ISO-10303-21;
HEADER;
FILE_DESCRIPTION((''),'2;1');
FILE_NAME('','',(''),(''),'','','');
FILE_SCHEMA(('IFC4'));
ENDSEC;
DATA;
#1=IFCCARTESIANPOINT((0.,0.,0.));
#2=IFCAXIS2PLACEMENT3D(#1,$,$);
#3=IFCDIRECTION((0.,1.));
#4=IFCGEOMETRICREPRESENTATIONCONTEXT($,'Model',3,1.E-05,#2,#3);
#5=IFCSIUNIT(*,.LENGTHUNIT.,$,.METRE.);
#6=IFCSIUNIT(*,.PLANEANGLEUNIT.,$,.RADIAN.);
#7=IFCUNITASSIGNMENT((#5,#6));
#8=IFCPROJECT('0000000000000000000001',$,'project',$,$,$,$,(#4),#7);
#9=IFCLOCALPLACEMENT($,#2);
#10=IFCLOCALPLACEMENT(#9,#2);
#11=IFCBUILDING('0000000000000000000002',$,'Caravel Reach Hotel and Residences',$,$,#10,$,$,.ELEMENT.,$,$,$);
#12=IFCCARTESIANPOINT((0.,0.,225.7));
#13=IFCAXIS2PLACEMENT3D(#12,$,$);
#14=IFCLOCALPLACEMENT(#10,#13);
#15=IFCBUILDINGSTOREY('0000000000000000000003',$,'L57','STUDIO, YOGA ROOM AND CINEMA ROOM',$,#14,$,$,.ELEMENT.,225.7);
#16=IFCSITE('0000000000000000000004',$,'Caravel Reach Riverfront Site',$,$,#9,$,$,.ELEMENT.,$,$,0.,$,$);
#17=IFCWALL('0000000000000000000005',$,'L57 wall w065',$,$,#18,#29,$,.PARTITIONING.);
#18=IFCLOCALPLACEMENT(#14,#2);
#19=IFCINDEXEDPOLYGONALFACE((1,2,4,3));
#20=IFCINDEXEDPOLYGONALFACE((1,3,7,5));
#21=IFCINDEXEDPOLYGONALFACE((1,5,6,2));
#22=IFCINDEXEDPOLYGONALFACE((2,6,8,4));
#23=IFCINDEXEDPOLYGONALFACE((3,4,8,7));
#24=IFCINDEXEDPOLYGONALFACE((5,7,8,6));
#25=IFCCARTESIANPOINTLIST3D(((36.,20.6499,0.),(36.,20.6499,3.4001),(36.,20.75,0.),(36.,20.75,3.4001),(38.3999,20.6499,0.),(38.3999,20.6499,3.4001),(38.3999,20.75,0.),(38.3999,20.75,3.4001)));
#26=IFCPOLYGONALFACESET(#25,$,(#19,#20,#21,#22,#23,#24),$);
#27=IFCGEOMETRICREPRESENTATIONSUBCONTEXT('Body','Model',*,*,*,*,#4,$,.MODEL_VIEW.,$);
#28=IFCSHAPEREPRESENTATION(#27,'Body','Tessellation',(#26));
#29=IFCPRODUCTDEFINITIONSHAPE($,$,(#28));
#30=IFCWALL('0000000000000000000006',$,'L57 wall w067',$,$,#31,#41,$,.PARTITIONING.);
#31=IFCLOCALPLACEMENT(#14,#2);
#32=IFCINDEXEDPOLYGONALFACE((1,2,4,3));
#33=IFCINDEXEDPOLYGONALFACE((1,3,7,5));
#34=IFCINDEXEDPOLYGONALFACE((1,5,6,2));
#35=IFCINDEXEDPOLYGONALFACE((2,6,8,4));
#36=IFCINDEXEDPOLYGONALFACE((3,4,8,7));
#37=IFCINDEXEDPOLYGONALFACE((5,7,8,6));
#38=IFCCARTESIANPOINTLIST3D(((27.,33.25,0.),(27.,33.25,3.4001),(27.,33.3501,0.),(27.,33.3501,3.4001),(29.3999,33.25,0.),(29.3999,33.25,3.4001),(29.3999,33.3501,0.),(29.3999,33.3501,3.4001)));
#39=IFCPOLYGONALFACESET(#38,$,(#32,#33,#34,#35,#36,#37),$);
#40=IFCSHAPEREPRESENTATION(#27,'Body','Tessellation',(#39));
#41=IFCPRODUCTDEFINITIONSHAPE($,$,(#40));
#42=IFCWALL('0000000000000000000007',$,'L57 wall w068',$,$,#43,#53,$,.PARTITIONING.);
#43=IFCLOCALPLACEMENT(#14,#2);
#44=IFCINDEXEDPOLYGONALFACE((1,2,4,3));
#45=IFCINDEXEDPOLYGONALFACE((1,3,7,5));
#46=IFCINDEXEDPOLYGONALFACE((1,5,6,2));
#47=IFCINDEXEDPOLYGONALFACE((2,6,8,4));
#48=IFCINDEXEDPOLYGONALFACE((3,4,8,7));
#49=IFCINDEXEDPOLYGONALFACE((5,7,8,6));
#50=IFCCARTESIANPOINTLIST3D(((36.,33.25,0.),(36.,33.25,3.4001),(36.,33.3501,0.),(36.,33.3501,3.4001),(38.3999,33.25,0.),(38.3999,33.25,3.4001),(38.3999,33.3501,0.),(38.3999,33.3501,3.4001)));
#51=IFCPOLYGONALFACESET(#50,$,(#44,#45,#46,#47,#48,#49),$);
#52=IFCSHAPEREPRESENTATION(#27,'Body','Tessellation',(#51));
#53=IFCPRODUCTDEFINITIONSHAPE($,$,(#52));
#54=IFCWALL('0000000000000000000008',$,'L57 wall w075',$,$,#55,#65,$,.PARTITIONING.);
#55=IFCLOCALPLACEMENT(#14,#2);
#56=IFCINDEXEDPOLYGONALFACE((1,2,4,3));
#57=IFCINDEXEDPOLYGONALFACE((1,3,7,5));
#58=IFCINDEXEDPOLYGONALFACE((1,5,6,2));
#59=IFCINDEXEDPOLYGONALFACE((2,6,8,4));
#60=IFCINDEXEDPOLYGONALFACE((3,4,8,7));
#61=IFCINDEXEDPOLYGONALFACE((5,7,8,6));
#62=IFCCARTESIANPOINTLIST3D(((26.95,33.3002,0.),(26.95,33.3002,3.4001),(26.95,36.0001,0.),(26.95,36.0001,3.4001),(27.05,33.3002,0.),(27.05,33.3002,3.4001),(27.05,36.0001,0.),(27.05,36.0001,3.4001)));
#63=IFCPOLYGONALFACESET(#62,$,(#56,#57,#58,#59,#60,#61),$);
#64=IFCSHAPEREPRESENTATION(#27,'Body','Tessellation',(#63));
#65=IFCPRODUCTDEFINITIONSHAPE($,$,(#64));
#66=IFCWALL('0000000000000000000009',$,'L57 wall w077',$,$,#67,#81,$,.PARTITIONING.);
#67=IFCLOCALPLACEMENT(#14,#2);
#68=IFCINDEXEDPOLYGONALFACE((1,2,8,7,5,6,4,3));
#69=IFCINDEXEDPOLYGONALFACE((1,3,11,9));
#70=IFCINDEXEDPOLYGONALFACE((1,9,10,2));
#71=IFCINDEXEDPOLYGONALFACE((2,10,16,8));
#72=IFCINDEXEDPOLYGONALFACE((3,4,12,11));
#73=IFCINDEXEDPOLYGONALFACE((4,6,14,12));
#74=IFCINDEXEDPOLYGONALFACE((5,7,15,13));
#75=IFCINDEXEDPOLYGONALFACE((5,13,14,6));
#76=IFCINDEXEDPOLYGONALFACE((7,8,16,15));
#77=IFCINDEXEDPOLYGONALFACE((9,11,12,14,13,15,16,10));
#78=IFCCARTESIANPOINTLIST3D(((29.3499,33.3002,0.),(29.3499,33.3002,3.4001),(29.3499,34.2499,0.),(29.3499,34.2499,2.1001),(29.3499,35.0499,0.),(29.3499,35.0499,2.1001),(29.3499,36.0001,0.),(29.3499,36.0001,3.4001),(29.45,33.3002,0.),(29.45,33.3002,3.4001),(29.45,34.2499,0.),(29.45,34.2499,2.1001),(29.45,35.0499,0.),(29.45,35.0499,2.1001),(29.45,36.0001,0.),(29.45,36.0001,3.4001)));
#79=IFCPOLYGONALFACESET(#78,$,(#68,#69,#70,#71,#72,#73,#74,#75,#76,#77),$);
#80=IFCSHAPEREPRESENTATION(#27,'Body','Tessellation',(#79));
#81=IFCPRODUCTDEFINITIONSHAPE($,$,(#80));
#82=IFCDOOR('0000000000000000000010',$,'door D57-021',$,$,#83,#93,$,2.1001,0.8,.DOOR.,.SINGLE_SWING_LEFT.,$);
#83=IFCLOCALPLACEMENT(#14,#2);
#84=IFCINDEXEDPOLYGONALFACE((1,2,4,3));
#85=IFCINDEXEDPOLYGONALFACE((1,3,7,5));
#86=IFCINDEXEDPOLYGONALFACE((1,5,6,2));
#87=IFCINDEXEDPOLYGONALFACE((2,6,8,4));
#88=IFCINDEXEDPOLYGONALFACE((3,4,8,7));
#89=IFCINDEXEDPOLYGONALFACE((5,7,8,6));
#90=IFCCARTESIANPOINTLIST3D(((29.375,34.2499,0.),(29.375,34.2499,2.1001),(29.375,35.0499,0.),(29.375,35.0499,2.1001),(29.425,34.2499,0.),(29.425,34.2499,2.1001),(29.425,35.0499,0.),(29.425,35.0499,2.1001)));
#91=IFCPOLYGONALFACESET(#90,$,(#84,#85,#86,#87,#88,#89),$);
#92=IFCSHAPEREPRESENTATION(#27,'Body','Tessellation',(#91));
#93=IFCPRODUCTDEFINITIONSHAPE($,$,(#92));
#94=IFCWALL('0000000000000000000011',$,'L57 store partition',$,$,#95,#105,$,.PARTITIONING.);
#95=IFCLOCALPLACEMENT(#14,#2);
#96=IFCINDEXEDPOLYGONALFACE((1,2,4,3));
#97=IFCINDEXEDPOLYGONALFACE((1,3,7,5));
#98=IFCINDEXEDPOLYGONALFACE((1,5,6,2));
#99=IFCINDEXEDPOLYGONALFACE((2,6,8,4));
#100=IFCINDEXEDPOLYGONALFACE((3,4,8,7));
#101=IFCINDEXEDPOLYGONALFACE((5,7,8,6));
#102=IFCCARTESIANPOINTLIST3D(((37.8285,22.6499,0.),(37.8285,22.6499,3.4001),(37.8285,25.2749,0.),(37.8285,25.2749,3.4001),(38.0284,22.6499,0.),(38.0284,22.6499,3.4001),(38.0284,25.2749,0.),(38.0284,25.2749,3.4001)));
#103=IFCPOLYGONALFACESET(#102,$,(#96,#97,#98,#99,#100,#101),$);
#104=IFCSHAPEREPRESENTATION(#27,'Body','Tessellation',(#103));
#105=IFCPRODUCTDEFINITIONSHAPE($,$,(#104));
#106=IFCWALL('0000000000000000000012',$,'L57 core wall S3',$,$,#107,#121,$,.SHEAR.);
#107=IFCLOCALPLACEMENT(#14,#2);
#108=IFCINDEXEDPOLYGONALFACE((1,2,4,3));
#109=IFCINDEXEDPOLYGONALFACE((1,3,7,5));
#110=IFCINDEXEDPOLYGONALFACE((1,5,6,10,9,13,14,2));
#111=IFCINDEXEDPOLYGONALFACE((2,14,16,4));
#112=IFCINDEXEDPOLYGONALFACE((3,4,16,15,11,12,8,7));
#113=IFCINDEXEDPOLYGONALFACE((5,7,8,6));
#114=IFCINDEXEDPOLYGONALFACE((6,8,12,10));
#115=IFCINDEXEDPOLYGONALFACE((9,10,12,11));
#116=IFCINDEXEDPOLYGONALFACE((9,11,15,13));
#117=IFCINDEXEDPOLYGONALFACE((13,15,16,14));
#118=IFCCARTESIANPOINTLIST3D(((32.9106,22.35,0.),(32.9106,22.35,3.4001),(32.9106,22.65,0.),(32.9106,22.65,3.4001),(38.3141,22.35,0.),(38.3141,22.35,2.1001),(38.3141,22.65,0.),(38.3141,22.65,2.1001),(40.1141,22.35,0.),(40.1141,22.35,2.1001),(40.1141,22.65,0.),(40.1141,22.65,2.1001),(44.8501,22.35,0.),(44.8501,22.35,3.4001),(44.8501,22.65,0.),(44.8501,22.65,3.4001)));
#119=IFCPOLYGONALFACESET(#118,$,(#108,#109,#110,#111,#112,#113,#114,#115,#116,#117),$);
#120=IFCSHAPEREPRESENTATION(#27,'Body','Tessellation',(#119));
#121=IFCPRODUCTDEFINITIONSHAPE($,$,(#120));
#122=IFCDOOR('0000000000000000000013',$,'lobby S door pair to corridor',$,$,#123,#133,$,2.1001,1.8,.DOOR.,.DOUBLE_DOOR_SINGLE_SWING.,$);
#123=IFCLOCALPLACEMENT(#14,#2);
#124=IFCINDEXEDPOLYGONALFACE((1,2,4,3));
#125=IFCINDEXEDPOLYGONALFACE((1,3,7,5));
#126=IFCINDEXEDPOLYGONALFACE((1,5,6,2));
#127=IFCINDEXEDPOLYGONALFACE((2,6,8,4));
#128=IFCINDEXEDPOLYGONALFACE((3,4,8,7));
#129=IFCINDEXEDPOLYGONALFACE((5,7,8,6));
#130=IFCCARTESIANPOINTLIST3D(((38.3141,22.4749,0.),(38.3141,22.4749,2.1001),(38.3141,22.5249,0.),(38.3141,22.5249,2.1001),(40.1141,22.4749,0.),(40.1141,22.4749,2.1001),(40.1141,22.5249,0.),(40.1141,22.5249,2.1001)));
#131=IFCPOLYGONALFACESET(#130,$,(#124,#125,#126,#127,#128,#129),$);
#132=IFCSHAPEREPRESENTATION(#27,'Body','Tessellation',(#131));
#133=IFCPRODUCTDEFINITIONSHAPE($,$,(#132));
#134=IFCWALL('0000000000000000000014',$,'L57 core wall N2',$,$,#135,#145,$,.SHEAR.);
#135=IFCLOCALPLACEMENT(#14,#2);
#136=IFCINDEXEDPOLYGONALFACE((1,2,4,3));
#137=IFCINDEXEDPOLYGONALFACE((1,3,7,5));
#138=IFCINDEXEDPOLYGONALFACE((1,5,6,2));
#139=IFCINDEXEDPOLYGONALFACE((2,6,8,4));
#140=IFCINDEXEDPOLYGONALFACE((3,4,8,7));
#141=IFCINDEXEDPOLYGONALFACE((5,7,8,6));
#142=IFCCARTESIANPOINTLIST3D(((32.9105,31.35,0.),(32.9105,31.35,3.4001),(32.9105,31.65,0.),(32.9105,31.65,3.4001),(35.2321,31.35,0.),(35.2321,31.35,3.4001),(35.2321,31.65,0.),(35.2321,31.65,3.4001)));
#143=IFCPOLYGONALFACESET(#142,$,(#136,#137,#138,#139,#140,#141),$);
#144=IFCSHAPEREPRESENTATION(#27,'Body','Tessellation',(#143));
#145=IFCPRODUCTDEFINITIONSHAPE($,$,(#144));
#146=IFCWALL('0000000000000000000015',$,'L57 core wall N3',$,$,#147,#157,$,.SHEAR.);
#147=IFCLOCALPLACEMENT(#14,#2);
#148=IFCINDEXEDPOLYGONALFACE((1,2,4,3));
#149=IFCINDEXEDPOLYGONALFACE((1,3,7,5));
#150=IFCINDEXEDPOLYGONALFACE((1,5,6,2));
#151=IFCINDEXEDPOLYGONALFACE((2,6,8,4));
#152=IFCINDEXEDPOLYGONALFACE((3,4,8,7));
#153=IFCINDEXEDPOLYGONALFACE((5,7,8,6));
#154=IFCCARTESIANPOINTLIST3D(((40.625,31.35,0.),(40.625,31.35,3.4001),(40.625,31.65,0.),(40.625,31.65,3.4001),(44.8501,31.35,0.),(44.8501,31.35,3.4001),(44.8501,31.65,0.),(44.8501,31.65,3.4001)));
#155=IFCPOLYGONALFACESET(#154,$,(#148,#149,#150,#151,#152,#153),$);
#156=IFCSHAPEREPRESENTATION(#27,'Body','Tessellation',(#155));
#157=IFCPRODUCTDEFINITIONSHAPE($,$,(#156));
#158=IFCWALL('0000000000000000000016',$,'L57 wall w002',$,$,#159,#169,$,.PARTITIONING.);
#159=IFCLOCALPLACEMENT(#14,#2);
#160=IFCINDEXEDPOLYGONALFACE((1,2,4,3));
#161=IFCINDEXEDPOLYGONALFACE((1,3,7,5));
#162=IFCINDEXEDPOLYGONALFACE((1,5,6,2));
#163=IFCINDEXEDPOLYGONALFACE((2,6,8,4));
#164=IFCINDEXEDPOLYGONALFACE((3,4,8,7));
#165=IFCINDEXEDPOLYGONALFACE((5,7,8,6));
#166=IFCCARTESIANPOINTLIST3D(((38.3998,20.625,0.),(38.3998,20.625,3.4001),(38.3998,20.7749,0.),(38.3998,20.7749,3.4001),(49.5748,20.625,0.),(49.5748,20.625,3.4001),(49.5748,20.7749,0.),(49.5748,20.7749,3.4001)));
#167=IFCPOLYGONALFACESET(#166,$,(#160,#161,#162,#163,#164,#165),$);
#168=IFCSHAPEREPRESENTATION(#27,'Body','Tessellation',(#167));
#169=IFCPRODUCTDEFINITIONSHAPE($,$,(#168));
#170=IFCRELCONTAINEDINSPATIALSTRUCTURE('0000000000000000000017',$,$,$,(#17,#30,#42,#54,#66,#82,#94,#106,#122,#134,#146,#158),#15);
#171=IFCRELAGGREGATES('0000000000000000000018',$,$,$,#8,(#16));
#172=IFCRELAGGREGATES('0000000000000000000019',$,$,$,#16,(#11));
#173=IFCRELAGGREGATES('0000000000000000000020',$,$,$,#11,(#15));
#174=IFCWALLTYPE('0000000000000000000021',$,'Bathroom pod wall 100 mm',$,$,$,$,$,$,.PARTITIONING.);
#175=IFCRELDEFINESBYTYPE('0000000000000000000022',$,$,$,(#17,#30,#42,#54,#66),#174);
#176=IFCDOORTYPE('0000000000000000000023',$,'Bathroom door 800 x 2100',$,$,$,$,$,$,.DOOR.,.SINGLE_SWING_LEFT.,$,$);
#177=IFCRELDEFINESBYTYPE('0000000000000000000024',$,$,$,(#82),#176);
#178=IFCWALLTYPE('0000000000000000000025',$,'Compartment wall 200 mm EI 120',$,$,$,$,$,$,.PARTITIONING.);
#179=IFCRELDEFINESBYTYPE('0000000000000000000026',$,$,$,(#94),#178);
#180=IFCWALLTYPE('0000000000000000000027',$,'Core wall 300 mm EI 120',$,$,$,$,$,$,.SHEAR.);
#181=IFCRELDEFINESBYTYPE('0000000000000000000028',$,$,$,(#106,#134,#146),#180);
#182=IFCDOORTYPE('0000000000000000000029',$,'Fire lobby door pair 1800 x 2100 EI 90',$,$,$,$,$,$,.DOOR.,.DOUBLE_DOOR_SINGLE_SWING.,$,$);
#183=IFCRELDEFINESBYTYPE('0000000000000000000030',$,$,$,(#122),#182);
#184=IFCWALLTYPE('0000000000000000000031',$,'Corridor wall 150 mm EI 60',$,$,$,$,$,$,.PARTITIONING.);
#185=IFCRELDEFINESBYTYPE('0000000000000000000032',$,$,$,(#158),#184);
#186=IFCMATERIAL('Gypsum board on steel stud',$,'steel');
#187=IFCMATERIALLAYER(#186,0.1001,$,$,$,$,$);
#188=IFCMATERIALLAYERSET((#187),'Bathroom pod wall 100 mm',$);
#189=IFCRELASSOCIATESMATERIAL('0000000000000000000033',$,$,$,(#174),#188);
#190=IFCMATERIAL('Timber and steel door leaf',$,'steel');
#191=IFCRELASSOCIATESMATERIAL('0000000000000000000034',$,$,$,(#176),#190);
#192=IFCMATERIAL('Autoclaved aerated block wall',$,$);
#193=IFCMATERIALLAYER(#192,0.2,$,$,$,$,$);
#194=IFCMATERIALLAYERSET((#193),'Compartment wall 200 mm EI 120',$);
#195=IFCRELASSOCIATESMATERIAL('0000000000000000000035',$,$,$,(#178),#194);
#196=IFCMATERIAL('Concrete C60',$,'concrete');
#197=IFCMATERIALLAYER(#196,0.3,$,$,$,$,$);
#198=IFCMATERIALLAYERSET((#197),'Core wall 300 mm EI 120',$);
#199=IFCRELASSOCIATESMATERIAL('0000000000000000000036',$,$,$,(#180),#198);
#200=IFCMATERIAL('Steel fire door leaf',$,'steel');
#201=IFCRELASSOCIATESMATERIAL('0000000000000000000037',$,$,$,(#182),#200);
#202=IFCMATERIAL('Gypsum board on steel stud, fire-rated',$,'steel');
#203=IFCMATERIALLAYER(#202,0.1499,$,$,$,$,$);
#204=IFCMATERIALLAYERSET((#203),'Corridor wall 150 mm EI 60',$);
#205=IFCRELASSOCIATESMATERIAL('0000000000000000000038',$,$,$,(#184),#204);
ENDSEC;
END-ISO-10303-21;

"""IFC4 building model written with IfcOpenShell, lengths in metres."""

from ifc_helpers import new_model, si_unit, direction, frame, frame_2d, origin, place, context, subcontext, project, spatial, rectangle, extrude, material, layer, layer_set, type_object, element, fill, save


model = new_model("IFC4")

# Units and contexts
model_context = context("Model", 3, precision=1e-05, world=origin(), true_north=direction((0.0, 1.0)))
body_context = subcontext(model_context, "Body", "Model", "MODEL_VIEW")
ifc_project = project(units=[si_unit("LENGTHUNIT", "METRE"), si_unit("PLANEANGLEUNIT", "RADIAN")], contexts=[model_context])

# Site, building, storey
site_placement = place(None, origin())
site = spatial("IfcSite", under=ifc_project, at=site_placement, Name="Caravel Reach Riverfront Site", CompositionType="ELEMENT", RefElevation=0.0)
building_placement = place(site_placement, origin())
building = spatial("IfcBuilding", under=site, at=building_placement, Name="Caravel Reach Hotel and Residences", CompositionType="ELEMENT")
storey_placement = place(building_placement, frame((0.0, 0.0, 225.7)))
storey = spatial("IfcBuildingStorey", under=building, at=storey_placement, Name="L57", Description="STUDIO, YOGA ROOM AND CINEMA ROOM", CompositionType="ELEMENT", Elevation=225.7)

# Walls
ifc_material_1 = material(Name="Gypsum board on steel stud", Category="steel")
ifc_layer_1 = layer(ifc_material_1, 0.1001)
ifc_layer_set_1 = layer_set([ifc_layer_1], Name="Bathroom pod wall 100 mm")
wall_type_1 = type_object("IfcWallType", Name="Bathroom pod wall 100 mm", PredefinedType="PARTITIONING", material=ifc_layer_set_1)
for number, where, z_axis, x_axis, name in (
    (1, (36.0, 20.7, 0.0), (0.0, 0.0, 1.0), (1.0, 0.0, 0.0), "L57 wall w065"),
    (2, (27.0, 33.3, 0.0), (0.0, 0.0, 1.0), (1.0, 0.0, 0.0), "L57 wall w067"),
    (3, (36.0, 33.3, 0.0), (0.0, 0.0, 1.0), (1.0, 0.0, 0.0), "L57 wall w068"),
):
    element("IfcWall", number, at=place(storey_placement, frame(where, z_axis=z_axis, x_axis=x_axis)), inside=storey, type_object=wall_type_1, Name=name, PredefinedType="PARTITIONING", context=body_context, shape_type="SweptSolid", body=[
        extrude(rectangle(XDim=2.3999, YDim=0.1001, at=frame_2d((1.2, 0.0))), origin(), (0.0, 0.0, 1.0), 3.4001),
    ])
wall_1_placement = place(storey_placement, frame((27.0, 33.3, 0.0), z_axis=(0.0, 0.0, 1.0), x_axis=(0.0, 1.0, 0.0)))
element("IfcWall", 4, at=wall_1_placement, inside=storey, type_object=wall_type_1, Name="L57 wall w075", PredefinedType="PARTITIONING", context=body_context, shape_type="SweptSolid", body=[
    extrude(rectangle(XDim=2.7, YDim=0.1001, at=frame_2d((1.3501, 0.0))), origin(), (0.0, 0.0, 1.0), 3.4001),
])

# Wall, opening, door
wall_2_placement = place(storey_placement, frame((29.3999, 33.3, 0.0), z_axis=(0.0, 0.0, 1.0), x_axis=(0.0, 1.0, 0.0)))
wall_2 = element("IfcWall", 5, at=wall_2_placement, inside=storey, type_object=wall_type_1, Name="L57 wall w077", PredefinedType="PARTITIONING", context=body_context, shape_type="SweptSolid", body=[
    extrude(rectangle(XDim=2.7, YDim=0.1001, at=frame_2d((1.3501, 0.0))), origin(), (0.0, 0.0, 1.0), 3.4001),
])
opening_1_placement = place(wall_2_placement, frame((0.95, 0.0, 0.0)))
opening_1 = element("IfcOpeningElement", 6, at=opening_1_placement, cuts=wall_2, PredefinedType="OPENING", context=body_context, shape_type="SweptSolid", body=[
    extrude(rectangle(XDim=0.8, YDim=2.1001, at=frame_2d((0.3999, 1.05))), frame((0.0, 0.0601, 0.0), z_axis=(0.0, -1.0, 0.0), x_axis=(1.0, 0.0, 0.0)), (0.0, 0.0, 1.0), 0.1201),
])
ifc_material_2 = material(Name="Timber and steel door leaf", Category="steel")
door_type_1 = type_object("IfcDoorType", Name="Bathroom door 800 x 2100", OperationType="SINGLE_SWING_LEFT", PredefinedType="DOOR", material=ifc_material_2)
door_1_placement = place(opening_1_placement, origin())
door_1 = element("IfcDoor", 7, at=door_1_placement, inside=storey, type_object=door_type_1, Name="door D57-021", OperationType="SINGLE_SWING_LEFT", OverallHeight=2.1001, OverallWidth=0.8, PredefinedType="DOOR", context=body_context, shape_type="SweptSolid", body=[
    extrude(rectangle(XDim=0.8, YDim=2.1001, at=frame_2d((0.3999, 1.05))), frame((0.0, 0.0249, 0.0), z_axis=(0.0, -1.0, 0.0), x_axis=(1.0, 0.0, 0.0)), (0.0, 0.0, 1.0), 0.05),
])
fill(opening_1, door_1)

# Wall
ifc_material_3 = material(Name="Autoclaved aerated block wall")
ifc_layer_2 = layer(ifc_material_3, 0.2)
ifc_layer_set_2 = layer_set([ifc_layer_2], Name="Compartment wall 200 mm EI 120")
wall_type_2 = type_object("IfcWallType", Name="Compartment wall 200 mm EI 120", PredefinedType="PARTITIONING", material=ifc_layer_set_2)
wall_3_placement = place(storey_placement, frame((37.9285, 22.6499, 0.0), z_axis=(0.0, 0.0, 1.0), x_axis=(0.0, 1.0, 0.0)))
element("IfcWall", 8, at=wall_3_placement, inside=storey, type_object=wall_type_2, Name="L57 store partition", PredefinedType="PARTITIONING", context=body_context, shape_type="SweptSolid", body=[
    extrude(rectangle(XDim=2.625, YDim=0.2, at=frame_2d((1.3125, 0.0))), origin(), (0.0, 0.0, 1.0), 3.4001),
])

# Wall, opening, door
ifc_material_4 = material(Name="Concrete C60", Category="concrete")
ifc_layer_3 = layer(ifc_material_4, 0.3)
ifc_layer_set_3 = layer_set([ifc_layer_3], Name="Core wall 300 mm EI 120")
wall_type_3 = type_object("IfcWallType", Name="Core wall 300 mm EI 120", PredefinedType="SHEAR", material=ifc_layer_set_3)
wall_4_placement = place(storey_placement, frame((32.9106, 22.5, 0.0), z_axis=(0.0, 0.0, 1.0), x_axis=(1.0, 0.0, 0.0)))
wall_4 = element("IfcWall", 9, at=wall_4_placement, inside=storey, type_object=wall_type_3, Name="L57 core wall S3", PredefinedType="SHEAR", context=body_context, shape_type="SweptSolid", body=[
    extrude(rectangle(XDim=11.9395, YDim=0.3, at=frame_2d((5.9697, 0.0))), origin(), (0.0, 0.0, 1.0), 3.4001),
])
opening_2_placement = place(wall_4_placement, frame((5.4036, 0.0, 0.0)))
opening_2 = element("IfcOpeningElement", 10, at=opening_2_placement, cuts=wall_4, PredefinedType="OPENING", context=body_context, shape_type="SweptSolid", body=[
    extrude(rectangle(XDim=1.8, YDim=2.1001, at=frame_2d((0.8999, 1.05))), frame((0.0, 0.1599, 0.0), z_axis=(0.0, -1.0, 0.0), x_axis=(1.0, 0.0, 0.0)), (0.0, 0.0, 1.0), 0.3201),
])
ifc_material_5 = material(Name="Steel fire door leaf", Category="steel")
door_type_2 = type_object("IfcDoorType", Name="Fire lobby door pair 1800 x 2100 EI 90", OperationType="DOUBLE_DOOR_SINGLE_SWING", PredefinedType="DOOR", material=ifc_material_5)
door_2_placement = place(opening_2_placement, origin())
door_2 = element("IfcDoor", 11, at=door_2_placement, inside=storey, type_object=door_type_2, Name="lobby S door pair to corridor", OperationType="DOUBLE_DOOR_SINGLE_SWING", OverallHeight=2.1001, OverallWidth=1.8, PredefinedType="DOOR", context=body_context, shape_type="SweptSolid", body=[
    extrude(rectangle(XDim=1.8, YDim=2.1001, at=frame_2d((0.8999, 1.05))), frame((0.0, 0.0249, 0.0), z_axis=(0.0, -1.0, 0.0), x_axis=(1.0, 0.0, 0.0)), (0.0, 0.0, 1.0), 0.05),
])
fill(opening_2, door_2)

# Walls
wall_5_placement = place(storey_placement, frame((32.9106, 31.5, 0.0), z_axis=(0.0, 0.0, 1.0), x_axis=(1.0, 0.0, 0.0)))
element("IfcWall", 12, at=wall_5_placement, inside=storey, type_object=wall_type_3, Name="L57 core wall N2", PredefinedType="SHEAR", context=body_context, shape_type="SweptSolid", body=[
    extrude(rectangle(XDim=2.3215, YDim=0.3, at=frame_2d((1.1606, 0.0))), origin(), (0.0, 0.0, 1.0), 3.4001),
])
wall_6_placement = place(storey_placement, frame((40.625, 31.5, 0.0), z_axis=(0.0, 0.0, 1.0), x_axis=(1.0, 0.0, 0.0)))
element("IfcWall", 13, at=wall_6_placement, inside=storey, type_object=wall_type_3, Name="L57 core wall N3", PredefinedType="SHEAR", context=body_context, shape_type="SweptSolid", body=[
    extrude(rectangle(XDim=4.2251, YDim=0.3, at=frame_2d((2.1125, 0.0))), origin(), (0.0, 0.0, 1.0), 3.4001),
])
ifc_material_6 = material(Name="Gypsum board on steel stud, fire-rated", Category="steel")
ifc_layer_4 = layer(ifc_material_6, 0.1499)
ifc_layer_set_4 = layer_set([ifc_layer_4], Name="Corridor wall 150 mm EI 60")
wall_type_4 = type_object("IfcWallType", Name="Corridor wall 150 mm EI 60", PredefinedType="PARTITIONING", material=ifc_layer_set_4)
wall_7_placement = place(storey_placement, frame((38.3999, 20.7, 0.0), z_axis=(0.0, 0.0, 1.0), x_axis=(1.0, 0.0, 0.0)))
element("IfcWall", 14, at=wall_7_placement, inside=storey, type_object=wall_type_4, Name="L57 wall w002", PredefinedType="PARTITIONING", context=body_context, shape_type="SweptSolid", body=[
    extrude(rectangle(XDim=11.175, YDim=0.1499, at=frame_2d((5.5874, 0.0))), origin(), (0.0, 0.0, 1.0), 3.4001),
])

save(model, "model.ifc")
